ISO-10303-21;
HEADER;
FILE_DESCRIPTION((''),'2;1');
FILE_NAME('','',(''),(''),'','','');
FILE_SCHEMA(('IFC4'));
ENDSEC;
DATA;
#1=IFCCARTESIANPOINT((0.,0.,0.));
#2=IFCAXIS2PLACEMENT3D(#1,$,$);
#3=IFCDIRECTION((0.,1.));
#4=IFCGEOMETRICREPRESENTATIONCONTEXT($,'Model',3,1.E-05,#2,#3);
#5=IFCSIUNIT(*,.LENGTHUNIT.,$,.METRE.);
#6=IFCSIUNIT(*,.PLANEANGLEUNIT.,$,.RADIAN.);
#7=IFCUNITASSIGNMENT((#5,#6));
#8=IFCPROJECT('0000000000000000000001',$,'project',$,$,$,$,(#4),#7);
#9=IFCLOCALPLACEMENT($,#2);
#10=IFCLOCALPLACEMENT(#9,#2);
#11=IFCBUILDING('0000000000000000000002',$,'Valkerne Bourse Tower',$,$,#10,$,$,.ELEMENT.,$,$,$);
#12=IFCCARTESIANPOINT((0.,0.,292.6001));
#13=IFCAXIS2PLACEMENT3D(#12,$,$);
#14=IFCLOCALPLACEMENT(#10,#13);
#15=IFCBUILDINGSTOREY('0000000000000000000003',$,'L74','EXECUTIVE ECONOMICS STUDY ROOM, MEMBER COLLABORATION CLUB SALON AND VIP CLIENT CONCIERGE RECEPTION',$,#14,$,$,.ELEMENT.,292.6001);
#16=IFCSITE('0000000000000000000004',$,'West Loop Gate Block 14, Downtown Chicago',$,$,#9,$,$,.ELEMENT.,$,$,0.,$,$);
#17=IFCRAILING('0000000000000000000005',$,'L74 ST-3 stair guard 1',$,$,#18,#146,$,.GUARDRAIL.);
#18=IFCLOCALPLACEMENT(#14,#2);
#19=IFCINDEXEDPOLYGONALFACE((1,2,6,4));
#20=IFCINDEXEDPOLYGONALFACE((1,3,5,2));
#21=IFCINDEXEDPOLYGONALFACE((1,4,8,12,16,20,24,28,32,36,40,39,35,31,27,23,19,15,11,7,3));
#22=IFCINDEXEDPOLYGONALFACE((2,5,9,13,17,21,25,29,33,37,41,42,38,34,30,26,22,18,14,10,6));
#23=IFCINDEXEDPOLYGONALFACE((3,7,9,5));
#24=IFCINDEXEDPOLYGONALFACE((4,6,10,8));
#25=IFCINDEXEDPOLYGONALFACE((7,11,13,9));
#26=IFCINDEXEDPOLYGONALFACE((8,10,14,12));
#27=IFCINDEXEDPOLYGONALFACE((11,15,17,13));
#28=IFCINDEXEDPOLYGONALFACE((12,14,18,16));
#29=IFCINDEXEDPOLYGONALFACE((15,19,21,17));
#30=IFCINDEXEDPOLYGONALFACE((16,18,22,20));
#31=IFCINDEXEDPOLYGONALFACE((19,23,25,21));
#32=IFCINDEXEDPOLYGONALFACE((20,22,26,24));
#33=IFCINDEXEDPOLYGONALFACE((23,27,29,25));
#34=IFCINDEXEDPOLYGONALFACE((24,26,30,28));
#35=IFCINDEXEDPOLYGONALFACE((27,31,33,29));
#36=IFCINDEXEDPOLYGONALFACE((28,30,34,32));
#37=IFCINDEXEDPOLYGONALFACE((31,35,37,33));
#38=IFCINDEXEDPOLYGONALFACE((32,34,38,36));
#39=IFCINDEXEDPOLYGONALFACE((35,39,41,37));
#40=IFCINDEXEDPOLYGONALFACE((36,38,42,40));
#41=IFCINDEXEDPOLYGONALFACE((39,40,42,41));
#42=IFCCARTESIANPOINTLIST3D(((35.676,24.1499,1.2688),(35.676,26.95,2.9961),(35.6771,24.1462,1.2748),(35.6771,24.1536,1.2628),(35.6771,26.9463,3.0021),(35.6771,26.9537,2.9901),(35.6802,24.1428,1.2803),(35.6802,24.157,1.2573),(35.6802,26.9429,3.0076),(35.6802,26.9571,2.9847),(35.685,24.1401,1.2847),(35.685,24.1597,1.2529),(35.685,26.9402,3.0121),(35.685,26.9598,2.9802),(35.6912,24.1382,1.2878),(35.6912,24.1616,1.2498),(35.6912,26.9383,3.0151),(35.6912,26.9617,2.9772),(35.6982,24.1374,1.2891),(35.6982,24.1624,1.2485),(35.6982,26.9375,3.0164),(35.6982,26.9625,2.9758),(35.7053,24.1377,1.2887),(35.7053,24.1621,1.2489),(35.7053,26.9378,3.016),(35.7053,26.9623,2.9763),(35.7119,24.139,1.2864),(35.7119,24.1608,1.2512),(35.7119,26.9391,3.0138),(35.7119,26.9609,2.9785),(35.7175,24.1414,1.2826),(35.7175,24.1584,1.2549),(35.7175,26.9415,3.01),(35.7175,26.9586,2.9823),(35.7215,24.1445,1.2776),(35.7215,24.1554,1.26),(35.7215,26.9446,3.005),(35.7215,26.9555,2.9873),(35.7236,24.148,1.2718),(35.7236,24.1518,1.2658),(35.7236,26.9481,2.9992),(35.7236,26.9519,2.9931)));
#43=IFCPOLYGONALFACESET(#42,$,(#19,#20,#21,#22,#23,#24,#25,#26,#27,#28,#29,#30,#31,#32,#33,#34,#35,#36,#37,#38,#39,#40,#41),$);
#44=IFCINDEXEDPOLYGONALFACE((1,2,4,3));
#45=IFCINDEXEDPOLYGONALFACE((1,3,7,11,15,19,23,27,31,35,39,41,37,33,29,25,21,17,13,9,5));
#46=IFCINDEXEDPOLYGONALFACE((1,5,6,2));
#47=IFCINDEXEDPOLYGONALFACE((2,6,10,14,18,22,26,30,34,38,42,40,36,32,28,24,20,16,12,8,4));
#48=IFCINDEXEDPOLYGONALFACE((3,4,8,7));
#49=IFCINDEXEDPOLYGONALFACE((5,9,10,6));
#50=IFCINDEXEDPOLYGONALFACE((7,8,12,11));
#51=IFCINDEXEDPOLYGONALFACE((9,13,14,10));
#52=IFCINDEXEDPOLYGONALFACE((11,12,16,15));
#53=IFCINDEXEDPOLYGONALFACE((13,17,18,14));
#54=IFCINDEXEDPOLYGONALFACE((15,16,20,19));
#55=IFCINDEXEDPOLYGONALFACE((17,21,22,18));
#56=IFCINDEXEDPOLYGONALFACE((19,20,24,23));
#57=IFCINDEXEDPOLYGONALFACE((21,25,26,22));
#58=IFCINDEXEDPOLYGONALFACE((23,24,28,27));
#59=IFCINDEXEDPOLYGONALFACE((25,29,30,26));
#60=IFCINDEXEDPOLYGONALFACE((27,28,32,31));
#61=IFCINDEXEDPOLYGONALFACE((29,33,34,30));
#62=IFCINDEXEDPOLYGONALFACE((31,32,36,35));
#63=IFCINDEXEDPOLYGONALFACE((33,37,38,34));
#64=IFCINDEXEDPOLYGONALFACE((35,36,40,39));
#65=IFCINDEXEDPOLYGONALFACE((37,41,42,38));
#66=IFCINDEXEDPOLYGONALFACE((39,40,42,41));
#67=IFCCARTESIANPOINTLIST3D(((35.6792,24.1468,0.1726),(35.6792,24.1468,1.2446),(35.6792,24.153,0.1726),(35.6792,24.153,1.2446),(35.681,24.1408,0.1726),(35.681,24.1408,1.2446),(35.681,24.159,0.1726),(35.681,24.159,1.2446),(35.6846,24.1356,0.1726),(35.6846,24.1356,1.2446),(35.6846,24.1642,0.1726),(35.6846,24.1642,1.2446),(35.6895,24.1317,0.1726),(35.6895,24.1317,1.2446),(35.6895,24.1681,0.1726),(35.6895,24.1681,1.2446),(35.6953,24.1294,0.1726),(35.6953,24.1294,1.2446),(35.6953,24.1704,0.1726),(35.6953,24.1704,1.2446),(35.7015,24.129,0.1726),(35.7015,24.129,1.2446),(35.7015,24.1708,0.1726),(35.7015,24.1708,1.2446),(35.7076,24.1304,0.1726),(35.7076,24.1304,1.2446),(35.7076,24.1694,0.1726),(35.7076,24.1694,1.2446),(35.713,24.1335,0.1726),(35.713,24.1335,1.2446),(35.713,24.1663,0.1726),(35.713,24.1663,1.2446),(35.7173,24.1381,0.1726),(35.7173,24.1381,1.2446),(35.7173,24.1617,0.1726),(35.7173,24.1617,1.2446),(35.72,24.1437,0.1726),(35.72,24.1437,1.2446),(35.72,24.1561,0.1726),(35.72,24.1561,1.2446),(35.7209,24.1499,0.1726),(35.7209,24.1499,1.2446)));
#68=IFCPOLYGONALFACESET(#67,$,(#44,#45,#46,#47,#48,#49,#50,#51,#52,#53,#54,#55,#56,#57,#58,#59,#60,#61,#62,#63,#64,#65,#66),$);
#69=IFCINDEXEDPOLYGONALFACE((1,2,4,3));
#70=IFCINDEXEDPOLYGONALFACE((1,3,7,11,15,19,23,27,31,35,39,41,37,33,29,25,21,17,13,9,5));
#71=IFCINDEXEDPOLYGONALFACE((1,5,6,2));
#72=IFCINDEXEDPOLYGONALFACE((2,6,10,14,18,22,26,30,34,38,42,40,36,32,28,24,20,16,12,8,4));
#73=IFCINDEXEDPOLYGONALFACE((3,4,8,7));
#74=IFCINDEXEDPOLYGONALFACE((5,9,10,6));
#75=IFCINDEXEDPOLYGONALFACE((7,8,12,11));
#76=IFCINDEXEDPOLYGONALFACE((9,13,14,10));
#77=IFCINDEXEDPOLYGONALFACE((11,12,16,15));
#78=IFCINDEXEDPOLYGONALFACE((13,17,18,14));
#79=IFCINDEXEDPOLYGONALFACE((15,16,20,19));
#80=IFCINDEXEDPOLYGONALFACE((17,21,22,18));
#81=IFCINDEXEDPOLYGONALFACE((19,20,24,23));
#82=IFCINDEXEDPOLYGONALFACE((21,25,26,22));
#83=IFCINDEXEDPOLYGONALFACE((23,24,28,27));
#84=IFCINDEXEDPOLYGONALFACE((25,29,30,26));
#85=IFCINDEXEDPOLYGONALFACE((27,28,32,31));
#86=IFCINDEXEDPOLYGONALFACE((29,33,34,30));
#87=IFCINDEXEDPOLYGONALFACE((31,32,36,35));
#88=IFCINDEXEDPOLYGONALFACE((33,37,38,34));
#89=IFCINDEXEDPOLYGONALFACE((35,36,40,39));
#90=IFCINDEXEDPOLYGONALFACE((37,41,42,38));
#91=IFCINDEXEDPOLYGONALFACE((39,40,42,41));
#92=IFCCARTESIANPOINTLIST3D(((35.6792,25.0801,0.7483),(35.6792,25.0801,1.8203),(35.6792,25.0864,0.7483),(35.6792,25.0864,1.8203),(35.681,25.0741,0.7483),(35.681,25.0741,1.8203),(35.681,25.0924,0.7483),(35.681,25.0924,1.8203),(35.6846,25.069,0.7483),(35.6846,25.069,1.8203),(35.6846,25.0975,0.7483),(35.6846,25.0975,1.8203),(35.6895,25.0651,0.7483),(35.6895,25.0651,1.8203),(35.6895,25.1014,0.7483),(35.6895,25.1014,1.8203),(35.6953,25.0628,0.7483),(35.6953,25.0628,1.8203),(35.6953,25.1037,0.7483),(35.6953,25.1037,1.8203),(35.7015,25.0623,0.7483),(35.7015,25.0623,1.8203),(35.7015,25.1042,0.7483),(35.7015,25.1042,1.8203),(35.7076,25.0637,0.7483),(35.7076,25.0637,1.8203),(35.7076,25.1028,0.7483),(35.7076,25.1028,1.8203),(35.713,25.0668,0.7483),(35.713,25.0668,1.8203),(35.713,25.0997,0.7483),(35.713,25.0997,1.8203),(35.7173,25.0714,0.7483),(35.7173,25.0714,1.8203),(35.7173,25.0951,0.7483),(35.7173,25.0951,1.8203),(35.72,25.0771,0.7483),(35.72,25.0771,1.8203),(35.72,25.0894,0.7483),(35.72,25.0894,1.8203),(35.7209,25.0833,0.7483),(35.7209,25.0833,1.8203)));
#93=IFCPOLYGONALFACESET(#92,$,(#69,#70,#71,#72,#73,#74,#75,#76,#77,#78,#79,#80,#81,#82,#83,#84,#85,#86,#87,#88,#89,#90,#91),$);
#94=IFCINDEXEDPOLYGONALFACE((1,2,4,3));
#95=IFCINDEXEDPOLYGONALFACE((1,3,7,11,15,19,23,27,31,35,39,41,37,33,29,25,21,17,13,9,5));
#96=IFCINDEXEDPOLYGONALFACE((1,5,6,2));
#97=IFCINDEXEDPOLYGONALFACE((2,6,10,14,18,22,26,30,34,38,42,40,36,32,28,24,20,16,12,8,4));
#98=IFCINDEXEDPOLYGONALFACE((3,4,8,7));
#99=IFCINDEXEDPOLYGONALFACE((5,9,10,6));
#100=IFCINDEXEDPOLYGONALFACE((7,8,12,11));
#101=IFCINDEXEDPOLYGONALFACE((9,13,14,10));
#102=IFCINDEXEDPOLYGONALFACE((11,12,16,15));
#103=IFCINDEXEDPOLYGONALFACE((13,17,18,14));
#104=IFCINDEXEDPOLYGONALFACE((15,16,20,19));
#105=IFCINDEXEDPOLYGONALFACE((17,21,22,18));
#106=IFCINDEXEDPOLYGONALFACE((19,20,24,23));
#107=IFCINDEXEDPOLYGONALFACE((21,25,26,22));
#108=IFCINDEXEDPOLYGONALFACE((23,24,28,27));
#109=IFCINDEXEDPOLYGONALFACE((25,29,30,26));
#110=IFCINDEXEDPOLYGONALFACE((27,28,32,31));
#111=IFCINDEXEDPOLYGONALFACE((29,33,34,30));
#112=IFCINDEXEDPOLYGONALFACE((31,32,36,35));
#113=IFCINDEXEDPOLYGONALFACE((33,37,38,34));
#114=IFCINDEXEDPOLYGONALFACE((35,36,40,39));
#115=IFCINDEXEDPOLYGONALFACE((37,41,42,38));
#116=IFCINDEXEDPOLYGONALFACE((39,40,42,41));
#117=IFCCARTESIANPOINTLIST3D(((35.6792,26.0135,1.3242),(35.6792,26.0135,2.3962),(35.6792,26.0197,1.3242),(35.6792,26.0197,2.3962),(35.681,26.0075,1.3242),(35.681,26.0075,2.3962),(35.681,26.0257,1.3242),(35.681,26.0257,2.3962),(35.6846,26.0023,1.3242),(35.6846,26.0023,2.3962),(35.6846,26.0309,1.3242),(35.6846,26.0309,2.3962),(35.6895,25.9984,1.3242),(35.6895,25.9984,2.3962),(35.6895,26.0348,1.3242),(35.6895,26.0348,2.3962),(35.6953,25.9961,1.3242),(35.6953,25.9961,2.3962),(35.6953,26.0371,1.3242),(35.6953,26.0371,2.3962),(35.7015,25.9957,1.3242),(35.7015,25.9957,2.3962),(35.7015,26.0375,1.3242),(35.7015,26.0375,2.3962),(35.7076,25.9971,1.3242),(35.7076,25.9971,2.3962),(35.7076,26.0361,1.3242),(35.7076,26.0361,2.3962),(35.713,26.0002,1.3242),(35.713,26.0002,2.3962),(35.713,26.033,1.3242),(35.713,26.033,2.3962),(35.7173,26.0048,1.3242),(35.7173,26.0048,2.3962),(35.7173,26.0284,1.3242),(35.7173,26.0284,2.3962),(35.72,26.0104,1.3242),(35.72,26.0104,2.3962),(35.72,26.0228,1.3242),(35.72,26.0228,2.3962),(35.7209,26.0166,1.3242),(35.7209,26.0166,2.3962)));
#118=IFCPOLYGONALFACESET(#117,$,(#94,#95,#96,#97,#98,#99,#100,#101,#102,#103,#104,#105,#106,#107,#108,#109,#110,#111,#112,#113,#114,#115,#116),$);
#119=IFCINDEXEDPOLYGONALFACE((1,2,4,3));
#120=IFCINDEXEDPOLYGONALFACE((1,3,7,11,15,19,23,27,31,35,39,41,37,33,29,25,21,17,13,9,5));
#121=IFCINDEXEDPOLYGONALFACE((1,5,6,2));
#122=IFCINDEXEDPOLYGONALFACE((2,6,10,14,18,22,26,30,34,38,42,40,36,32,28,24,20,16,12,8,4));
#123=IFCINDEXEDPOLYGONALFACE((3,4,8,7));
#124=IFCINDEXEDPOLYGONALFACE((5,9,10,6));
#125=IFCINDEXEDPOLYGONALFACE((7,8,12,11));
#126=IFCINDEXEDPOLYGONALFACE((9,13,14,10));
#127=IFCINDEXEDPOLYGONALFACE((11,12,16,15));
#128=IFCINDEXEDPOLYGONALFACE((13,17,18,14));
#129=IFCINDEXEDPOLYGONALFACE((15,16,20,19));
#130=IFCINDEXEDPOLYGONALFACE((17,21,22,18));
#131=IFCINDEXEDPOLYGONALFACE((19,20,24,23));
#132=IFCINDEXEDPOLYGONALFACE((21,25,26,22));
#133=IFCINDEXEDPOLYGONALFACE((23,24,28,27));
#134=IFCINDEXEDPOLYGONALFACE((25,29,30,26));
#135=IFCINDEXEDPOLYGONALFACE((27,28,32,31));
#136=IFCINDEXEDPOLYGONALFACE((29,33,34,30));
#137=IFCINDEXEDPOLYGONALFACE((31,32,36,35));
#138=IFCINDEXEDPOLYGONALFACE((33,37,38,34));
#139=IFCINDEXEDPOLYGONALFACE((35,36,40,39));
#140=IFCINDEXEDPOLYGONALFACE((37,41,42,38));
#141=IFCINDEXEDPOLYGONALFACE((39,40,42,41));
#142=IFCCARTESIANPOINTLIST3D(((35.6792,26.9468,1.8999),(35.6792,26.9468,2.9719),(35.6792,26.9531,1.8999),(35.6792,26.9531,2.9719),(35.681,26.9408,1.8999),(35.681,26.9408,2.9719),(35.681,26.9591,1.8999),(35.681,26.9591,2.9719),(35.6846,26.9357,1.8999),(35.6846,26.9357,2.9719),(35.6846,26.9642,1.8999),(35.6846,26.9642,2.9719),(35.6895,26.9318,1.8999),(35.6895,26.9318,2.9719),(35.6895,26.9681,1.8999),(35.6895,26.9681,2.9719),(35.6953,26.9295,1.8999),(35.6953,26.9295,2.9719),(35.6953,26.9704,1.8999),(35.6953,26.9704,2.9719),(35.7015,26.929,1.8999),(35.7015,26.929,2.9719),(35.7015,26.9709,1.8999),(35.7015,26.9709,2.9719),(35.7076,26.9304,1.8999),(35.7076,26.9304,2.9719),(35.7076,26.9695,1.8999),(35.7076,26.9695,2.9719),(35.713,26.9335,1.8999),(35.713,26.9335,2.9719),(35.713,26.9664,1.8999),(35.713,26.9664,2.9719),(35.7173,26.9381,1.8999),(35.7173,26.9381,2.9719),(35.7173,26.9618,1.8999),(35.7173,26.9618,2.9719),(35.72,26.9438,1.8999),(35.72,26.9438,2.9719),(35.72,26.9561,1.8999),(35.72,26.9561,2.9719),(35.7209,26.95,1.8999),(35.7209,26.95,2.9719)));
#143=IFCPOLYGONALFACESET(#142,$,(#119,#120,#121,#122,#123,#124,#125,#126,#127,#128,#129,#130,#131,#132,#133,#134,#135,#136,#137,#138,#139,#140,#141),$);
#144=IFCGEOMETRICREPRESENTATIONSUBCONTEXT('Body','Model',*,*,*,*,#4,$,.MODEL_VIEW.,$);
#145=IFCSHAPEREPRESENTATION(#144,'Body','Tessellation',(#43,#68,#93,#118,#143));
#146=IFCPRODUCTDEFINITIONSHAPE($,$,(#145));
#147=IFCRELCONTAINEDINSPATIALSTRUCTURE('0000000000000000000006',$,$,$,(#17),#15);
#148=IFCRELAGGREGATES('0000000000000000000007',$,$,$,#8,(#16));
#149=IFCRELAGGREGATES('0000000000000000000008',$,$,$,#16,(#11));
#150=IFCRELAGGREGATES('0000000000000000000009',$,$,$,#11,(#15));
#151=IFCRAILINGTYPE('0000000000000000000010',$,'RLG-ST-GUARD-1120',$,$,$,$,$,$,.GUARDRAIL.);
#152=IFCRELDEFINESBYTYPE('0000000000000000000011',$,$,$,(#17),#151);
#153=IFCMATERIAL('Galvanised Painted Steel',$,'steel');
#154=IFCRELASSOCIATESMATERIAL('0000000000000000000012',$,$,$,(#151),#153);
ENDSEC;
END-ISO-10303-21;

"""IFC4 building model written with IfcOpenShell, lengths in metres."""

from ifc_helpers import new_model, si_unit, direction, frame, origin, origin_2d, place, context, subcontext, project, spatial, circle, extrude, material, type_object, element, save


model = new_model("IFC4")

# Units and contexts
model_context = context("Model", 3, precision=1e-05, world=origin(), true_north=direction((0.0, 1.0)))
body_context = subcontext(model_context, "Body", "Model", "MODEL_VIEW")
ifc_project = project(units=[si_unit("LENGTHUNIT", "METRE"), si_unit("PLANEANGLEUNIT", "RADIAN")], contexts=[model_context])

# Site, building, storey
site_placement = place(None, origin())
site = spatial("IfcSite", under=ifc_project, at=site_placement, Name="West Loop Gate Block 14, Downtown Chicago", CompositionType="ELEMENT", RefElevation=0.0)
building_placement = place(site_placement, origin())
building = spatial("IfcBuilding", under=site, at=building_placement, Name="Valkerne Bourse Tower", CompositionType="ELEMENT")
storey_placement = place(building_placement, frame((0.0, 0.0, 292.6001)))
storey = spatial("IfcBuildingStorey", under=building, at=storey_placement, Name="L74", Description="EXECUTIVE ECONOMICS STUDY ROOM, MEMBER COLLABORATION CLUB SALON AND VIP CLIENT CONCIERGE RECEPTION", CompositionType="ELEMENT", Elevation=292.6001)

# Railing
ifc_material_1 = material(Name="Galvanised Painted Steel", Category="steel")
railing_type_1 = type_object("IfcRailingType", Name="RLG-ST-GUARD-1120", PredefinedType="GUARDRAIL", material=ifc_material_1)
railing_1_placement = place(storey_placement, frame((35.7, 24.1499, 0.1726)))
element("IfcRailing", 1, at=railing_1_placement, inside=storey, type_object=railing_type_1, Name="L74 ST-3 stair guard 1", PredefinedType="GUARDRAIL", context=body_context, shape_type="SweptSolid", body=[
    extrude(circle(Radius=0.0239, at=origin_2d()), frame((0.0, 0.0, 1.0962), z_axis=(0.0, 0.85109, 0.52502), x_axis=(-1.0, 0.0, 0.0)), (0.0, 0.0, 1.0), 3.29),
    extrude(circle(Radius=0.021, at=origin_2d()), origin(), (0.0, 0.0, 1.0), 1.072),
    extrude(circle(Radius=0.021, at=origin_2d()), frame((0.0, 0.9333, 0.5757)), (0.0, 0.0, 1.0), 1.072),
    extrude(circle(Radius=0.021, at=origin_2d()), frame((0.0, 1.8667, 1.1516)), (0.0, 0.0, 1.0), 1.072),
    extrude(circle(Radius=0.021, at=origin_2d()), frame((0.0, 2.8, 1.7273)), (0.0, 0.0, 1.0), 1.072),
])

save(model, "model.ifc")
